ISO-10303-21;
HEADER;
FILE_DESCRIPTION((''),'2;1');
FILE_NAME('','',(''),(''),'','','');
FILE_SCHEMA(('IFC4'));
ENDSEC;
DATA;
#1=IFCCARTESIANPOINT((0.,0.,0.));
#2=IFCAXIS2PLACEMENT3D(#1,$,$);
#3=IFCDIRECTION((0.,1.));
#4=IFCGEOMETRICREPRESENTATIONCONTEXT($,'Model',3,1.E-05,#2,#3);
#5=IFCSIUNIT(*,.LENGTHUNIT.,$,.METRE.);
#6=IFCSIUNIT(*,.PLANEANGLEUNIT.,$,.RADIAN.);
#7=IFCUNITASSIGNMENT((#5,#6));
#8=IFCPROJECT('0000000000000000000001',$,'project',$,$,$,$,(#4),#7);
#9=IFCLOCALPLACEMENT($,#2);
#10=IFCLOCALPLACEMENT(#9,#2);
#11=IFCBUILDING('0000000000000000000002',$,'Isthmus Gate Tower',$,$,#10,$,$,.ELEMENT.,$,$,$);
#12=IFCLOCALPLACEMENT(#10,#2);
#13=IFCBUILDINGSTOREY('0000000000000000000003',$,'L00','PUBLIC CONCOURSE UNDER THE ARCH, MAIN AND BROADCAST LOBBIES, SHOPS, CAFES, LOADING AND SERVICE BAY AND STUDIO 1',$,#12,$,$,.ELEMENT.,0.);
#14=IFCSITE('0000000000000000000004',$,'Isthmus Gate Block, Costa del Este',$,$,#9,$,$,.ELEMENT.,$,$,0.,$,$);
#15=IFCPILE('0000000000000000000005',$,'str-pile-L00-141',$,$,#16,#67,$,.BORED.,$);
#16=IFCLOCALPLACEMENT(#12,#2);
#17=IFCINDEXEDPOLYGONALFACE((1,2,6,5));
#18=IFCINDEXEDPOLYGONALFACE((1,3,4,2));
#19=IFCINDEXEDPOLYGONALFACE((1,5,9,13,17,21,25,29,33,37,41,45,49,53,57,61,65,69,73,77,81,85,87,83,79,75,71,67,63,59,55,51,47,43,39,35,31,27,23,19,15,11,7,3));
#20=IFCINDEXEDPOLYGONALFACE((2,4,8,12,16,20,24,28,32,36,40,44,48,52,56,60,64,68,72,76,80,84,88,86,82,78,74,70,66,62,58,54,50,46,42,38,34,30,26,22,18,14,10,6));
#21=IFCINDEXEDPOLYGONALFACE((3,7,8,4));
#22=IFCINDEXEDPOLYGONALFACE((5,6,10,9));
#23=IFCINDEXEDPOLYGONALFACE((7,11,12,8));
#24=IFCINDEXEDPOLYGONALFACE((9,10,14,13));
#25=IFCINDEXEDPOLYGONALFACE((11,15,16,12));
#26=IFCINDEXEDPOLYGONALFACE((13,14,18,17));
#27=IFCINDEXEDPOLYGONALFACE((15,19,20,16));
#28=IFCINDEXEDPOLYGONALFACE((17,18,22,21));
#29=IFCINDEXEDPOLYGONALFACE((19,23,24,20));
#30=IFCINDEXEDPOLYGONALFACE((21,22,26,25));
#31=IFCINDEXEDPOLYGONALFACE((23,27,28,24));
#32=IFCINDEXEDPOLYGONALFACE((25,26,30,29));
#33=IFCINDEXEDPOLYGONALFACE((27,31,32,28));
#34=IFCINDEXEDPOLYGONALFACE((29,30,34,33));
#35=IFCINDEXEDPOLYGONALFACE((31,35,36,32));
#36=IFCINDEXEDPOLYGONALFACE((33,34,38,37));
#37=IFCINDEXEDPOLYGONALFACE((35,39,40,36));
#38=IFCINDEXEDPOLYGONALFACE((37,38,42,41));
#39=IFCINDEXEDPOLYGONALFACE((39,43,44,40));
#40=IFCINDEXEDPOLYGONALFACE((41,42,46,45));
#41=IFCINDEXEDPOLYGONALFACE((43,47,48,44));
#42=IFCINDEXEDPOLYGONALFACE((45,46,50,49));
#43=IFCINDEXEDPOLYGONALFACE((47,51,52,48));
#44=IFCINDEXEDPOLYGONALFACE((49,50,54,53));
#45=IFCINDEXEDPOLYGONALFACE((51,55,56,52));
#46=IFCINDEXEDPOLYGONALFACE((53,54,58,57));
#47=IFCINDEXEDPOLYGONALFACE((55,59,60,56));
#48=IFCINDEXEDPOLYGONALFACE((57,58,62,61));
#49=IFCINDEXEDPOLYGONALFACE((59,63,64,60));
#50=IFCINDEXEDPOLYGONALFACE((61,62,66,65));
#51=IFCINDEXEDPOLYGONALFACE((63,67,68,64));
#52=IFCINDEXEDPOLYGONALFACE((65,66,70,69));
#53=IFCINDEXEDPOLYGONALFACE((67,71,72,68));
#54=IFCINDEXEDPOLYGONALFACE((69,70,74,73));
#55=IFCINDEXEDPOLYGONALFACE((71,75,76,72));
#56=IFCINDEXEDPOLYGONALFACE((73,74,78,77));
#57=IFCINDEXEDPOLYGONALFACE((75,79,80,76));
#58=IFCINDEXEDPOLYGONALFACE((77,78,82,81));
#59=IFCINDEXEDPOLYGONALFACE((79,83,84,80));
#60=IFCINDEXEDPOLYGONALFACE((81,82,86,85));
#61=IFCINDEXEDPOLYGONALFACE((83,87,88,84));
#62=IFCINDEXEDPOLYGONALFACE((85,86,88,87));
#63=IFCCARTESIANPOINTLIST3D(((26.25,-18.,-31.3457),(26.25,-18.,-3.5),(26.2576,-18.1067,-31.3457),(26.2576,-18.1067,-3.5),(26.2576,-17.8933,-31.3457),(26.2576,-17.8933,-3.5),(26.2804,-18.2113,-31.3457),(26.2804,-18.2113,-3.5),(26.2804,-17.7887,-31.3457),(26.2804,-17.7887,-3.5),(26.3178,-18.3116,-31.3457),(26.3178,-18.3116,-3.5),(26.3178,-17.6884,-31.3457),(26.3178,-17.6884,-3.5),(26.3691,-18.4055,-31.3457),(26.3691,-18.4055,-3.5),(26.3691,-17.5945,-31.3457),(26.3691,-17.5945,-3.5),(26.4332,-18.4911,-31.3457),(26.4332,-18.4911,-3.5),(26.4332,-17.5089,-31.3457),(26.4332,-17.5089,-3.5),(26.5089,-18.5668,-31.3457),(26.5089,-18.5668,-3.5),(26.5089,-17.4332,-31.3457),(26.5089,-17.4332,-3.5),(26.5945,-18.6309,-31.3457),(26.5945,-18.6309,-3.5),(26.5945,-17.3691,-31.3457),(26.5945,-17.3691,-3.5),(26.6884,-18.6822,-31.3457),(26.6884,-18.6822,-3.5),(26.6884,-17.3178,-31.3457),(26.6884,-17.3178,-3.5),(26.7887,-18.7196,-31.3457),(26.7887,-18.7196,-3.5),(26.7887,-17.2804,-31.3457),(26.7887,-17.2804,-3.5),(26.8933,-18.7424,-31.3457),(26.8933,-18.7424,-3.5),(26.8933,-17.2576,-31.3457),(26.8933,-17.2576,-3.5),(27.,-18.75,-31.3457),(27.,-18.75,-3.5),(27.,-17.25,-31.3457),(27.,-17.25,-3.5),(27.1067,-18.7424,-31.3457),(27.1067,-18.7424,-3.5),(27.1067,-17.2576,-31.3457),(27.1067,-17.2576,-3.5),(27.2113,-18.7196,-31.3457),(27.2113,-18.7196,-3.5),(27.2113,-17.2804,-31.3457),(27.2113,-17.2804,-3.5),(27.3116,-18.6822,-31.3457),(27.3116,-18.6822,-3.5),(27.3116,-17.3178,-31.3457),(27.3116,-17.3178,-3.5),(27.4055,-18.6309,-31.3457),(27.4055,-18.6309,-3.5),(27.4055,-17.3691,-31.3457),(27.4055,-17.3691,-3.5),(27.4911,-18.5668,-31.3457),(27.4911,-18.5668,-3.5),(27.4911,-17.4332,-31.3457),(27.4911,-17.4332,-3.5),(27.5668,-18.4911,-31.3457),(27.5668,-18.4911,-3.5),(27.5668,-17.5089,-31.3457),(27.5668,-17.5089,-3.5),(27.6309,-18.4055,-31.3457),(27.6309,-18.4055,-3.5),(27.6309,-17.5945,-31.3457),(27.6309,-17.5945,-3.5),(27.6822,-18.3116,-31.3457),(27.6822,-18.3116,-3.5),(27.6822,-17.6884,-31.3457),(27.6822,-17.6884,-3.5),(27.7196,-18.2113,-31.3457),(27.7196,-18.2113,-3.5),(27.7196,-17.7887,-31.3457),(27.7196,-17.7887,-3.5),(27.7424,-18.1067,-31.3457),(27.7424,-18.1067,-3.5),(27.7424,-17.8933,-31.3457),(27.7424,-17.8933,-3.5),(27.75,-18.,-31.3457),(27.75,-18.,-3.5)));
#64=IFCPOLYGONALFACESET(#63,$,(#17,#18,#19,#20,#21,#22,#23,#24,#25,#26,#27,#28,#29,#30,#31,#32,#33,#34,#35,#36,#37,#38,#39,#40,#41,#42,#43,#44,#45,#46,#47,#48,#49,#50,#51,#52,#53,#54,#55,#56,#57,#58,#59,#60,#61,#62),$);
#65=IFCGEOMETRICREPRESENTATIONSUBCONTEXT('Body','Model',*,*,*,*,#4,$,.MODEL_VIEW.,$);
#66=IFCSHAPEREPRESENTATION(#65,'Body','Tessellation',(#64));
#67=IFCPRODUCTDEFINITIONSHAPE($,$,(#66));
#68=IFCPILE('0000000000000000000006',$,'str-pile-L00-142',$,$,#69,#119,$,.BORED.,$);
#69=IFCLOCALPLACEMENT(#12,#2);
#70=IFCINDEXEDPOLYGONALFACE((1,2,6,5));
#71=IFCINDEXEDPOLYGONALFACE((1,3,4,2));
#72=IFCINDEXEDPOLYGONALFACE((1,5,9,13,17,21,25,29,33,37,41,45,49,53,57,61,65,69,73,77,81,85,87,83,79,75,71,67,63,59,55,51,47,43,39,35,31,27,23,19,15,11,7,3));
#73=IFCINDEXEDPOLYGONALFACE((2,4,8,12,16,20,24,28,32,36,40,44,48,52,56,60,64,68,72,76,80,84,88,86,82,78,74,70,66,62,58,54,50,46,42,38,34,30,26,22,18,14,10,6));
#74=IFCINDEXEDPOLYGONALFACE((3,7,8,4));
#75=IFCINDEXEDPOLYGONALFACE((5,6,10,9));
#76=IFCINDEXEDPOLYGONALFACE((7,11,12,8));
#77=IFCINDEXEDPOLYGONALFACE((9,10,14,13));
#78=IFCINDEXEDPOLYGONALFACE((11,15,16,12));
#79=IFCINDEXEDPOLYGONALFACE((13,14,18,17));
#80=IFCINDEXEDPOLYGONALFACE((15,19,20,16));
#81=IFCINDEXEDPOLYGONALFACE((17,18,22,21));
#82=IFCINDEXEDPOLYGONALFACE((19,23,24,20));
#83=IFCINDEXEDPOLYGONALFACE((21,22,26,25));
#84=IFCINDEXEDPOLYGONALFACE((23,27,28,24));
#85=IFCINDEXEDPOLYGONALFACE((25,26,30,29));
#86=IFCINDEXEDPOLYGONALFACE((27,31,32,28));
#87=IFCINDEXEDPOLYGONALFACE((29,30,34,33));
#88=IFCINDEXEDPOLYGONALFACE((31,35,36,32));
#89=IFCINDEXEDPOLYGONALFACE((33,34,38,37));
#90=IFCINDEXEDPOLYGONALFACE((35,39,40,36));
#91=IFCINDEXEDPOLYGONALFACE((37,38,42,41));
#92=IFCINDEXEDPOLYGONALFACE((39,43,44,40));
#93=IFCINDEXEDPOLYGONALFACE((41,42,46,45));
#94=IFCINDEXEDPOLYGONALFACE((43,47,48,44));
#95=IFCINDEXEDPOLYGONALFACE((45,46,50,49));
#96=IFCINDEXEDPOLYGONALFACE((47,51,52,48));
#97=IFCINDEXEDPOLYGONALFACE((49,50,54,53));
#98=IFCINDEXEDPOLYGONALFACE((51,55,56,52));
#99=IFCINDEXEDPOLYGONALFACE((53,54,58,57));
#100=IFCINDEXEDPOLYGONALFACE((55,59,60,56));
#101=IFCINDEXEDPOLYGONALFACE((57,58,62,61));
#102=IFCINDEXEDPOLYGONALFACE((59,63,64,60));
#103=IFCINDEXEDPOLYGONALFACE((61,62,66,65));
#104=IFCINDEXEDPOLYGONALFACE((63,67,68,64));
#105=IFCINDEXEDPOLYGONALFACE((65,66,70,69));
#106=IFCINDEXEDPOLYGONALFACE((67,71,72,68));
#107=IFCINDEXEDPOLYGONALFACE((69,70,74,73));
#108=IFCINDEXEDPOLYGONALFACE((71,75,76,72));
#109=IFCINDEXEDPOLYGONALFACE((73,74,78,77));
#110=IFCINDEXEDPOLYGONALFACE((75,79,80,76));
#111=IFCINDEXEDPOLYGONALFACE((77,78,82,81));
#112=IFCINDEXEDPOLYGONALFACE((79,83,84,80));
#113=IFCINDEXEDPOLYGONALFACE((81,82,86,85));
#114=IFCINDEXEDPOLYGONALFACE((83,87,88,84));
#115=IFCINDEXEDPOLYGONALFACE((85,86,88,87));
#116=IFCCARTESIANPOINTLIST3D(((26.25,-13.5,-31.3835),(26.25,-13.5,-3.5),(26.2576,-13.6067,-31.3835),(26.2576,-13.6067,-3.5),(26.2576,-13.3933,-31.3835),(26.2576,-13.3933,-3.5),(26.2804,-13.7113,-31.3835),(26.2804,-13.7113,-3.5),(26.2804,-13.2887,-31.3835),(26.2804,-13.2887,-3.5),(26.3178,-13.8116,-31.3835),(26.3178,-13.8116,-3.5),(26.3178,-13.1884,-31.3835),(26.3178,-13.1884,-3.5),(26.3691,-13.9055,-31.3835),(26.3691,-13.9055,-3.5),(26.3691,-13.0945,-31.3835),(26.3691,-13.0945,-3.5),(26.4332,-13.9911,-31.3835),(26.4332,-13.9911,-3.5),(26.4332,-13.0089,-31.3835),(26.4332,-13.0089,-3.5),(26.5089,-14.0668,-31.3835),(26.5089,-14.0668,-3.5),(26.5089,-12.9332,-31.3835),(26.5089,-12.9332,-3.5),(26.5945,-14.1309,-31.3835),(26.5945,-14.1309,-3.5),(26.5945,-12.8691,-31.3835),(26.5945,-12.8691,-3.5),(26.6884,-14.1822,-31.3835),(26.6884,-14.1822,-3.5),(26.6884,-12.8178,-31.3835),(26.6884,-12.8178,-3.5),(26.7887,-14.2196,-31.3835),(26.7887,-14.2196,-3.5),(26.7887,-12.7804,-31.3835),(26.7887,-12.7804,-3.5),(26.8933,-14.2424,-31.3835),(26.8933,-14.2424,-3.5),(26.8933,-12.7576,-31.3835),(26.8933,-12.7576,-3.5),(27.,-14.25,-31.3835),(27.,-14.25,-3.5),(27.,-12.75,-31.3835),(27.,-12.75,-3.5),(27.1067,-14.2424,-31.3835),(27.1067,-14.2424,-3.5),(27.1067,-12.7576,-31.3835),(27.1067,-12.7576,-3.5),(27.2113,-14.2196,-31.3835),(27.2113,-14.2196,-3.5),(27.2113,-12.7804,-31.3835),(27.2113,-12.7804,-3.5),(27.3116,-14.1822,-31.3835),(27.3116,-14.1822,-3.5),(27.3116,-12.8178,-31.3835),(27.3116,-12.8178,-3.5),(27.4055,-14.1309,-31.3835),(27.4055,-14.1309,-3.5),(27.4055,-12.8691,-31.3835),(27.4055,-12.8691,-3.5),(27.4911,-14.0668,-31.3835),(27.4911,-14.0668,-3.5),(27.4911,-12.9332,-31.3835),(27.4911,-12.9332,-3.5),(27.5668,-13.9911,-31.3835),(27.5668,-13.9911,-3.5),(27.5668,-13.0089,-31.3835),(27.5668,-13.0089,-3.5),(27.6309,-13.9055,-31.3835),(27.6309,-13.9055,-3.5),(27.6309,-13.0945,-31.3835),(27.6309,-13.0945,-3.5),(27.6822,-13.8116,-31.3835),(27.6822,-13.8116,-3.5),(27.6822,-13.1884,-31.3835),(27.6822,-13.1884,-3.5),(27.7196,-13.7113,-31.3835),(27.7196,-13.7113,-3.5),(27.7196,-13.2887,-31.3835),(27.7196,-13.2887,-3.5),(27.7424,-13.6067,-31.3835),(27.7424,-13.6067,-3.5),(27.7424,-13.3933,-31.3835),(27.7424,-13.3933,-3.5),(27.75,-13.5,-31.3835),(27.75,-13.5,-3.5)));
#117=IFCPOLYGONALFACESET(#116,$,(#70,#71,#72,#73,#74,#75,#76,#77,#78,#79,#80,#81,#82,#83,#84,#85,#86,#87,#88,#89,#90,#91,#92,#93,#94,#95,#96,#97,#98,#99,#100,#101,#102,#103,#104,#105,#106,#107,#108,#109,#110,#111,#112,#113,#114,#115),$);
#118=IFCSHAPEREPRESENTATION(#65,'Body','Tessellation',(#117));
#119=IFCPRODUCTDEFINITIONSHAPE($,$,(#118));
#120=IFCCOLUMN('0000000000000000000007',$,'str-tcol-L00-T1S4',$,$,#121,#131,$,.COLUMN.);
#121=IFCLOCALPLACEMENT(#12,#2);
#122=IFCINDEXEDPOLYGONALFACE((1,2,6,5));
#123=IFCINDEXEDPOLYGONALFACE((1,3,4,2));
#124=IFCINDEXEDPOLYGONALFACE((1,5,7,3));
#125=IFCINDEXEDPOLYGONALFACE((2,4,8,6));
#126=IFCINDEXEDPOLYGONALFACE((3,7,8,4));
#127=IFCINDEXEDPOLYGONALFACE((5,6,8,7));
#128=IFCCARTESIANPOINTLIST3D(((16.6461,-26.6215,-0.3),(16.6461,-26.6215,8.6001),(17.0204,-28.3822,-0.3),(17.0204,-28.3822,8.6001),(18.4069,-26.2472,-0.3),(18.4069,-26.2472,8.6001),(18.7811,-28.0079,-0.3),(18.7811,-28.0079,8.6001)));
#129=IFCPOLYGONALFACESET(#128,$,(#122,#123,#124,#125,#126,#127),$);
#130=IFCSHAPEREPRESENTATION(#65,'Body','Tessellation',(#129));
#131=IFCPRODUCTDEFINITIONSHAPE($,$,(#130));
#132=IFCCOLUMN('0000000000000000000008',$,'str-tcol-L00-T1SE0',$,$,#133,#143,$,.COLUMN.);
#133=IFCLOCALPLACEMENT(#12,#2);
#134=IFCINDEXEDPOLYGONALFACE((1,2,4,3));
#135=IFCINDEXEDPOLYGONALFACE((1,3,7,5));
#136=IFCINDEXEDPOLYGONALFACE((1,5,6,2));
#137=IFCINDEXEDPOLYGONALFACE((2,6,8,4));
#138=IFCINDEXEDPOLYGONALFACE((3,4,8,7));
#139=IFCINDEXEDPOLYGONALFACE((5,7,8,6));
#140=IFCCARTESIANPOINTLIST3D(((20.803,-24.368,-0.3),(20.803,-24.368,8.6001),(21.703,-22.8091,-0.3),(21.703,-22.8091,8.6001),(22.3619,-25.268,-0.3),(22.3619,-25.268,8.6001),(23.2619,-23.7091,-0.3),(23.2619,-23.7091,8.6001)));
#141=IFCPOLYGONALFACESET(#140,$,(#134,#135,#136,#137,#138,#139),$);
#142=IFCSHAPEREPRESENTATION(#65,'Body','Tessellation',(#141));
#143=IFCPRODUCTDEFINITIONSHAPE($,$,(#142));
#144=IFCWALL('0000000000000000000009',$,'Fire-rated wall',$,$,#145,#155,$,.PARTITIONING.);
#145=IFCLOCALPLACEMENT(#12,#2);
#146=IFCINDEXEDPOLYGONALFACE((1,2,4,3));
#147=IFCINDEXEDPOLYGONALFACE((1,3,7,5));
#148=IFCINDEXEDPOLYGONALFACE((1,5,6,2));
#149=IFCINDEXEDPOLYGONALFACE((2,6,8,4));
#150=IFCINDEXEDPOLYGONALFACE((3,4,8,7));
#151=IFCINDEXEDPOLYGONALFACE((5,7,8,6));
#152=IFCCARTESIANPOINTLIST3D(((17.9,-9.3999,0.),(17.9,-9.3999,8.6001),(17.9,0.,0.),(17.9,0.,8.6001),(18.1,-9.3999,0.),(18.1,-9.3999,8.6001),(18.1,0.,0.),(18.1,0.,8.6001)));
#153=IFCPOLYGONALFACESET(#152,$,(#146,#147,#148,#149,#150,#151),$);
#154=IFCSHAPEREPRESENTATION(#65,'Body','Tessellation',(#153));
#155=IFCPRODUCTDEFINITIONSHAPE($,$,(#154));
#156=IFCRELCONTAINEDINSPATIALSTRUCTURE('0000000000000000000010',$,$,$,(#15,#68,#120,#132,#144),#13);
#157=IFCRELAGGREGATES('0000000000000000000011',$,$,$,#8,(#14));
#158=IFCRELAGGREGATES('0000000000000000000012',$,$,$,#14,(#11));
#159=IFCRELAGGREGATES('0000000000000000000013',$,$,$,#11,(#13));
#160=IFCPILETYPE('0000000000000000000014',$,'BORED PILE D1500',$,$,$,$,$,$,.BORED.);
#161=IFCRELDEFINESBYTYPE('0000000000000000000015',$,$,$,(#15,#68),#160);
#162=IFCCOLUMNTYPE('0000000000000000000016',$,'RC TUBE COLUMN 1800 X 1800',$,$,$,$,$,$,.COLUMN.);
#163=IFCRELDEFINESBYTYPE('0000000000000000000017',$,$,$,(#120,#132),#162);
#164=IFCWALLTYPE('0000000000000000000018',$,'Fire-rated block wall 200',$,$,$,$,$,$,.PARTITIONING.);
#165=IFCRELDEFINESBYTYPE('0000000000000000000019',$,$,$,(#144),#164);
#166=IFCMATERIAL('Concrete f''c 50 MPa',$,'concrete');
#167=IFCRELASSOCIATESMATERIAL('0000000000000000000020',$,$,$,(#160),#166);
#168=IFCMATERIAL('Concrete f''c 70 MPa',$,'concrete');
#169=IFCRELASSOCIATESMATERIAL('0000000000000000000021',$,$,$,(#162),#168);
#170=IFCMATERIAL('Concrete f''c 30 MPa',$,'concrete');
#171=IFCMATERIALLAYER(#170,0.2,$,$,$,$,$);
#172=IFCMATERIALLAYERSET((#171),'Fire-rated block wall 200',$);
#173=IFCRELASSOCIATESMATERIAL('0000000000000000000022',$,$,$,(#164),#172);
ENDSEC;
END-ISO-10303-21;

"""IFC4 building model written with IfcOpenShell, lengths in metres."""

from ifc_helpers import new_model, si_unit, direction, frame, frame_2d, origin, origin_2d, place, context, subcontext, project, spatial, rectangle, circle, extrude, material, layer, layer_set, material_profile, profile_set, type_object, element, save


model = new_model("IFC4")

# Units and contexts
model_context = context("Model", 3, precision=1e-05, world=origin(), true_north=direction((0.0, 1.0)))
body_context = subcontext(model_context, "Body", "Model", "MODEL_VIEW")
ifc_project = project(units=[si_unit("LENGTHUNIT", "METRE"), si_unit("PLANEANGLEUNIT", "RADIAN")], contexts=[model_context])

# Site, building, storey
site_placement = place(None, origin())
site = spatial("IfcSite", under=ifc_project, at=site_placement, Name="Isthmus Gate Block, Costa del Este", CompositionType="ELEMENT", RefElevation=0.0)
building_placement = place(site_placement, origin())
building = spatial("IfcBuilding", under=site, at=building_placement, Name="Isthmus Gate Tower", CompositionType="ELEMENT")
storey_placement = place(building_placement, origin())
storey = spatial("IfcBuildingStorey", under=building, at=storey_placement, Name="L00", Description="PUBLIC CONCOURSE UNDER THE ARCH, MAIN AND BROADCAST LOBBIES, SHOPS, CAFES, LOADING AND SERVICE BAY AND STUDIO 1", CompositionType="ELEMENT", Elevation=0.0)

# Piles
ifc_material_1 = material(Name="Concrete f'c 50 MPa", Category="concrete")
ifc_material_profile_1 = material_profile(ifc_material_1, circle(Radius=0.75, at=origin_2d()), Name="D1500")
ifc_profile_set_1 = profile_set([ifc_material_profile_1], Name="Concrete f'c 50 MPa")
pile_type_1 = type_object("IfcPileType", Name="BORED PILE D1500", PredefinedType="BORED", material=ifc_profile_set_1)
pile_1_placement = place(storey_placement, frame((27.0, -18.0, -3.5), z_axis=(0.0, 0.0, -1.0), x_axis=(1.0, 0.0, 0.0)))
element("IfcPile", 1, at=pile_1_placement, inside=storey, type_object=pile_type_1, Name="str-pile-L00-141", PredefinedType="BORED", context=body_context, shape_type="SweptSolid", body=[
    extrude(circle(Radius=0.75, at=origin_2d()), origin(), (0.0, 0.0, 1.0), 27.8457),
])
pile_2_placement = place(storey_placement, frame((27.0, -13.5, -3.5), z_axis=(0.0, 0.0, -1.0), x_axis=(1.0, 0.0, 0.0)))
element("IfcPile", 2, at=pile_2_placement, inside=storey, type_object=pile_type_1, Name="str-pile-L00-142", PredefinedType="BORED", context=body_context, shape_type="SweptSolid", body=[
    extrude(circle(Radius=0.75, at=origin_2d()), origin(), (0.0, 0.0, 1.0), 27.8835),
])

# Columns
ifc_material_2 = material(Name="Concrete f'c 70 MPa", Category="concrete")
ifc_material_profile_2 = material_profile(ifc_material_2, rectangle(XDim=1.8, YDim=1.8, at=origin_2d()), Name="RC 1800X1800")
ifc_profile_set_2 = profile_set([ifc_material_profile_2], Name="Concrete f'c 70 MPa")
column_type = type_object("IfcColumnType", Name="RC TUBE COLUMN 1800 X 1800", PredefinedType="COLUMN", material=ifc_profile_set_2)
for number, where, z_axis, x_axis, name in (
    (3, (17.7136, -27.3147, -0.3), (0.0, 0.0, 1.0), (0.978148, 0.207912, 0.0), "str-tcol-L00-T1S4"),
    (4, (22.0325, -24.0386, -0.3), (0.0, 0.0, 1.0), (0.5, 0.866025, 0.0), "str-tcol-L00-T1SE0"),
):
    element("IfcColumn", number, at=place(storey_placement, frame(where, z_axis=z_axis, x_axis=x_axis)), inside=storey, type_object=column_type, Name=name, PredefinedType="COLUMN", context=body_context, shape_type="SweptSolid", body=[
        extrude(rectangle(XDim=1.8, YDim=1.8, at=origin_2d()), origin(), (0.0, 0.0, 1.0), 8.9001),
    ])

# Wall
ifc_material_3 = material(Name="Concrete f'c 30 MPa", Category="concrete")
ifc_layer = layer(ifc_material_3, 0.2)
ifc_layer_set = layer_set([ifc_layer], Name="Fire-rated block wall 200")
wall_type = type_object("IfcWallType", Name="Fire-rated block wall 200", PredefinedType="PARTITIONING", material=ifc_layer_set)
wall_placement = place(storey_placement, frame((18.0, -9.3999, 0.0), z_axis=(0.0, 0.0, 1.0), x_axis=(0.0, 1.0, 0.0)))
element("IfcWall", 5, at=wall_placement, inside=storey, type_object=wall_type, Name="Fire-rated wall", PredefinedType="PARTITIONING", context=body_context, shape_type="SweptSolid", body=[
    extrude(rectangle(XDim=9.3999, YDim=0.2, at=frame_2d((4.7, 0.0))), origin(), (0.0, 0.0, 1.0), 8.6001),
])

save(model, "model.ifc")
